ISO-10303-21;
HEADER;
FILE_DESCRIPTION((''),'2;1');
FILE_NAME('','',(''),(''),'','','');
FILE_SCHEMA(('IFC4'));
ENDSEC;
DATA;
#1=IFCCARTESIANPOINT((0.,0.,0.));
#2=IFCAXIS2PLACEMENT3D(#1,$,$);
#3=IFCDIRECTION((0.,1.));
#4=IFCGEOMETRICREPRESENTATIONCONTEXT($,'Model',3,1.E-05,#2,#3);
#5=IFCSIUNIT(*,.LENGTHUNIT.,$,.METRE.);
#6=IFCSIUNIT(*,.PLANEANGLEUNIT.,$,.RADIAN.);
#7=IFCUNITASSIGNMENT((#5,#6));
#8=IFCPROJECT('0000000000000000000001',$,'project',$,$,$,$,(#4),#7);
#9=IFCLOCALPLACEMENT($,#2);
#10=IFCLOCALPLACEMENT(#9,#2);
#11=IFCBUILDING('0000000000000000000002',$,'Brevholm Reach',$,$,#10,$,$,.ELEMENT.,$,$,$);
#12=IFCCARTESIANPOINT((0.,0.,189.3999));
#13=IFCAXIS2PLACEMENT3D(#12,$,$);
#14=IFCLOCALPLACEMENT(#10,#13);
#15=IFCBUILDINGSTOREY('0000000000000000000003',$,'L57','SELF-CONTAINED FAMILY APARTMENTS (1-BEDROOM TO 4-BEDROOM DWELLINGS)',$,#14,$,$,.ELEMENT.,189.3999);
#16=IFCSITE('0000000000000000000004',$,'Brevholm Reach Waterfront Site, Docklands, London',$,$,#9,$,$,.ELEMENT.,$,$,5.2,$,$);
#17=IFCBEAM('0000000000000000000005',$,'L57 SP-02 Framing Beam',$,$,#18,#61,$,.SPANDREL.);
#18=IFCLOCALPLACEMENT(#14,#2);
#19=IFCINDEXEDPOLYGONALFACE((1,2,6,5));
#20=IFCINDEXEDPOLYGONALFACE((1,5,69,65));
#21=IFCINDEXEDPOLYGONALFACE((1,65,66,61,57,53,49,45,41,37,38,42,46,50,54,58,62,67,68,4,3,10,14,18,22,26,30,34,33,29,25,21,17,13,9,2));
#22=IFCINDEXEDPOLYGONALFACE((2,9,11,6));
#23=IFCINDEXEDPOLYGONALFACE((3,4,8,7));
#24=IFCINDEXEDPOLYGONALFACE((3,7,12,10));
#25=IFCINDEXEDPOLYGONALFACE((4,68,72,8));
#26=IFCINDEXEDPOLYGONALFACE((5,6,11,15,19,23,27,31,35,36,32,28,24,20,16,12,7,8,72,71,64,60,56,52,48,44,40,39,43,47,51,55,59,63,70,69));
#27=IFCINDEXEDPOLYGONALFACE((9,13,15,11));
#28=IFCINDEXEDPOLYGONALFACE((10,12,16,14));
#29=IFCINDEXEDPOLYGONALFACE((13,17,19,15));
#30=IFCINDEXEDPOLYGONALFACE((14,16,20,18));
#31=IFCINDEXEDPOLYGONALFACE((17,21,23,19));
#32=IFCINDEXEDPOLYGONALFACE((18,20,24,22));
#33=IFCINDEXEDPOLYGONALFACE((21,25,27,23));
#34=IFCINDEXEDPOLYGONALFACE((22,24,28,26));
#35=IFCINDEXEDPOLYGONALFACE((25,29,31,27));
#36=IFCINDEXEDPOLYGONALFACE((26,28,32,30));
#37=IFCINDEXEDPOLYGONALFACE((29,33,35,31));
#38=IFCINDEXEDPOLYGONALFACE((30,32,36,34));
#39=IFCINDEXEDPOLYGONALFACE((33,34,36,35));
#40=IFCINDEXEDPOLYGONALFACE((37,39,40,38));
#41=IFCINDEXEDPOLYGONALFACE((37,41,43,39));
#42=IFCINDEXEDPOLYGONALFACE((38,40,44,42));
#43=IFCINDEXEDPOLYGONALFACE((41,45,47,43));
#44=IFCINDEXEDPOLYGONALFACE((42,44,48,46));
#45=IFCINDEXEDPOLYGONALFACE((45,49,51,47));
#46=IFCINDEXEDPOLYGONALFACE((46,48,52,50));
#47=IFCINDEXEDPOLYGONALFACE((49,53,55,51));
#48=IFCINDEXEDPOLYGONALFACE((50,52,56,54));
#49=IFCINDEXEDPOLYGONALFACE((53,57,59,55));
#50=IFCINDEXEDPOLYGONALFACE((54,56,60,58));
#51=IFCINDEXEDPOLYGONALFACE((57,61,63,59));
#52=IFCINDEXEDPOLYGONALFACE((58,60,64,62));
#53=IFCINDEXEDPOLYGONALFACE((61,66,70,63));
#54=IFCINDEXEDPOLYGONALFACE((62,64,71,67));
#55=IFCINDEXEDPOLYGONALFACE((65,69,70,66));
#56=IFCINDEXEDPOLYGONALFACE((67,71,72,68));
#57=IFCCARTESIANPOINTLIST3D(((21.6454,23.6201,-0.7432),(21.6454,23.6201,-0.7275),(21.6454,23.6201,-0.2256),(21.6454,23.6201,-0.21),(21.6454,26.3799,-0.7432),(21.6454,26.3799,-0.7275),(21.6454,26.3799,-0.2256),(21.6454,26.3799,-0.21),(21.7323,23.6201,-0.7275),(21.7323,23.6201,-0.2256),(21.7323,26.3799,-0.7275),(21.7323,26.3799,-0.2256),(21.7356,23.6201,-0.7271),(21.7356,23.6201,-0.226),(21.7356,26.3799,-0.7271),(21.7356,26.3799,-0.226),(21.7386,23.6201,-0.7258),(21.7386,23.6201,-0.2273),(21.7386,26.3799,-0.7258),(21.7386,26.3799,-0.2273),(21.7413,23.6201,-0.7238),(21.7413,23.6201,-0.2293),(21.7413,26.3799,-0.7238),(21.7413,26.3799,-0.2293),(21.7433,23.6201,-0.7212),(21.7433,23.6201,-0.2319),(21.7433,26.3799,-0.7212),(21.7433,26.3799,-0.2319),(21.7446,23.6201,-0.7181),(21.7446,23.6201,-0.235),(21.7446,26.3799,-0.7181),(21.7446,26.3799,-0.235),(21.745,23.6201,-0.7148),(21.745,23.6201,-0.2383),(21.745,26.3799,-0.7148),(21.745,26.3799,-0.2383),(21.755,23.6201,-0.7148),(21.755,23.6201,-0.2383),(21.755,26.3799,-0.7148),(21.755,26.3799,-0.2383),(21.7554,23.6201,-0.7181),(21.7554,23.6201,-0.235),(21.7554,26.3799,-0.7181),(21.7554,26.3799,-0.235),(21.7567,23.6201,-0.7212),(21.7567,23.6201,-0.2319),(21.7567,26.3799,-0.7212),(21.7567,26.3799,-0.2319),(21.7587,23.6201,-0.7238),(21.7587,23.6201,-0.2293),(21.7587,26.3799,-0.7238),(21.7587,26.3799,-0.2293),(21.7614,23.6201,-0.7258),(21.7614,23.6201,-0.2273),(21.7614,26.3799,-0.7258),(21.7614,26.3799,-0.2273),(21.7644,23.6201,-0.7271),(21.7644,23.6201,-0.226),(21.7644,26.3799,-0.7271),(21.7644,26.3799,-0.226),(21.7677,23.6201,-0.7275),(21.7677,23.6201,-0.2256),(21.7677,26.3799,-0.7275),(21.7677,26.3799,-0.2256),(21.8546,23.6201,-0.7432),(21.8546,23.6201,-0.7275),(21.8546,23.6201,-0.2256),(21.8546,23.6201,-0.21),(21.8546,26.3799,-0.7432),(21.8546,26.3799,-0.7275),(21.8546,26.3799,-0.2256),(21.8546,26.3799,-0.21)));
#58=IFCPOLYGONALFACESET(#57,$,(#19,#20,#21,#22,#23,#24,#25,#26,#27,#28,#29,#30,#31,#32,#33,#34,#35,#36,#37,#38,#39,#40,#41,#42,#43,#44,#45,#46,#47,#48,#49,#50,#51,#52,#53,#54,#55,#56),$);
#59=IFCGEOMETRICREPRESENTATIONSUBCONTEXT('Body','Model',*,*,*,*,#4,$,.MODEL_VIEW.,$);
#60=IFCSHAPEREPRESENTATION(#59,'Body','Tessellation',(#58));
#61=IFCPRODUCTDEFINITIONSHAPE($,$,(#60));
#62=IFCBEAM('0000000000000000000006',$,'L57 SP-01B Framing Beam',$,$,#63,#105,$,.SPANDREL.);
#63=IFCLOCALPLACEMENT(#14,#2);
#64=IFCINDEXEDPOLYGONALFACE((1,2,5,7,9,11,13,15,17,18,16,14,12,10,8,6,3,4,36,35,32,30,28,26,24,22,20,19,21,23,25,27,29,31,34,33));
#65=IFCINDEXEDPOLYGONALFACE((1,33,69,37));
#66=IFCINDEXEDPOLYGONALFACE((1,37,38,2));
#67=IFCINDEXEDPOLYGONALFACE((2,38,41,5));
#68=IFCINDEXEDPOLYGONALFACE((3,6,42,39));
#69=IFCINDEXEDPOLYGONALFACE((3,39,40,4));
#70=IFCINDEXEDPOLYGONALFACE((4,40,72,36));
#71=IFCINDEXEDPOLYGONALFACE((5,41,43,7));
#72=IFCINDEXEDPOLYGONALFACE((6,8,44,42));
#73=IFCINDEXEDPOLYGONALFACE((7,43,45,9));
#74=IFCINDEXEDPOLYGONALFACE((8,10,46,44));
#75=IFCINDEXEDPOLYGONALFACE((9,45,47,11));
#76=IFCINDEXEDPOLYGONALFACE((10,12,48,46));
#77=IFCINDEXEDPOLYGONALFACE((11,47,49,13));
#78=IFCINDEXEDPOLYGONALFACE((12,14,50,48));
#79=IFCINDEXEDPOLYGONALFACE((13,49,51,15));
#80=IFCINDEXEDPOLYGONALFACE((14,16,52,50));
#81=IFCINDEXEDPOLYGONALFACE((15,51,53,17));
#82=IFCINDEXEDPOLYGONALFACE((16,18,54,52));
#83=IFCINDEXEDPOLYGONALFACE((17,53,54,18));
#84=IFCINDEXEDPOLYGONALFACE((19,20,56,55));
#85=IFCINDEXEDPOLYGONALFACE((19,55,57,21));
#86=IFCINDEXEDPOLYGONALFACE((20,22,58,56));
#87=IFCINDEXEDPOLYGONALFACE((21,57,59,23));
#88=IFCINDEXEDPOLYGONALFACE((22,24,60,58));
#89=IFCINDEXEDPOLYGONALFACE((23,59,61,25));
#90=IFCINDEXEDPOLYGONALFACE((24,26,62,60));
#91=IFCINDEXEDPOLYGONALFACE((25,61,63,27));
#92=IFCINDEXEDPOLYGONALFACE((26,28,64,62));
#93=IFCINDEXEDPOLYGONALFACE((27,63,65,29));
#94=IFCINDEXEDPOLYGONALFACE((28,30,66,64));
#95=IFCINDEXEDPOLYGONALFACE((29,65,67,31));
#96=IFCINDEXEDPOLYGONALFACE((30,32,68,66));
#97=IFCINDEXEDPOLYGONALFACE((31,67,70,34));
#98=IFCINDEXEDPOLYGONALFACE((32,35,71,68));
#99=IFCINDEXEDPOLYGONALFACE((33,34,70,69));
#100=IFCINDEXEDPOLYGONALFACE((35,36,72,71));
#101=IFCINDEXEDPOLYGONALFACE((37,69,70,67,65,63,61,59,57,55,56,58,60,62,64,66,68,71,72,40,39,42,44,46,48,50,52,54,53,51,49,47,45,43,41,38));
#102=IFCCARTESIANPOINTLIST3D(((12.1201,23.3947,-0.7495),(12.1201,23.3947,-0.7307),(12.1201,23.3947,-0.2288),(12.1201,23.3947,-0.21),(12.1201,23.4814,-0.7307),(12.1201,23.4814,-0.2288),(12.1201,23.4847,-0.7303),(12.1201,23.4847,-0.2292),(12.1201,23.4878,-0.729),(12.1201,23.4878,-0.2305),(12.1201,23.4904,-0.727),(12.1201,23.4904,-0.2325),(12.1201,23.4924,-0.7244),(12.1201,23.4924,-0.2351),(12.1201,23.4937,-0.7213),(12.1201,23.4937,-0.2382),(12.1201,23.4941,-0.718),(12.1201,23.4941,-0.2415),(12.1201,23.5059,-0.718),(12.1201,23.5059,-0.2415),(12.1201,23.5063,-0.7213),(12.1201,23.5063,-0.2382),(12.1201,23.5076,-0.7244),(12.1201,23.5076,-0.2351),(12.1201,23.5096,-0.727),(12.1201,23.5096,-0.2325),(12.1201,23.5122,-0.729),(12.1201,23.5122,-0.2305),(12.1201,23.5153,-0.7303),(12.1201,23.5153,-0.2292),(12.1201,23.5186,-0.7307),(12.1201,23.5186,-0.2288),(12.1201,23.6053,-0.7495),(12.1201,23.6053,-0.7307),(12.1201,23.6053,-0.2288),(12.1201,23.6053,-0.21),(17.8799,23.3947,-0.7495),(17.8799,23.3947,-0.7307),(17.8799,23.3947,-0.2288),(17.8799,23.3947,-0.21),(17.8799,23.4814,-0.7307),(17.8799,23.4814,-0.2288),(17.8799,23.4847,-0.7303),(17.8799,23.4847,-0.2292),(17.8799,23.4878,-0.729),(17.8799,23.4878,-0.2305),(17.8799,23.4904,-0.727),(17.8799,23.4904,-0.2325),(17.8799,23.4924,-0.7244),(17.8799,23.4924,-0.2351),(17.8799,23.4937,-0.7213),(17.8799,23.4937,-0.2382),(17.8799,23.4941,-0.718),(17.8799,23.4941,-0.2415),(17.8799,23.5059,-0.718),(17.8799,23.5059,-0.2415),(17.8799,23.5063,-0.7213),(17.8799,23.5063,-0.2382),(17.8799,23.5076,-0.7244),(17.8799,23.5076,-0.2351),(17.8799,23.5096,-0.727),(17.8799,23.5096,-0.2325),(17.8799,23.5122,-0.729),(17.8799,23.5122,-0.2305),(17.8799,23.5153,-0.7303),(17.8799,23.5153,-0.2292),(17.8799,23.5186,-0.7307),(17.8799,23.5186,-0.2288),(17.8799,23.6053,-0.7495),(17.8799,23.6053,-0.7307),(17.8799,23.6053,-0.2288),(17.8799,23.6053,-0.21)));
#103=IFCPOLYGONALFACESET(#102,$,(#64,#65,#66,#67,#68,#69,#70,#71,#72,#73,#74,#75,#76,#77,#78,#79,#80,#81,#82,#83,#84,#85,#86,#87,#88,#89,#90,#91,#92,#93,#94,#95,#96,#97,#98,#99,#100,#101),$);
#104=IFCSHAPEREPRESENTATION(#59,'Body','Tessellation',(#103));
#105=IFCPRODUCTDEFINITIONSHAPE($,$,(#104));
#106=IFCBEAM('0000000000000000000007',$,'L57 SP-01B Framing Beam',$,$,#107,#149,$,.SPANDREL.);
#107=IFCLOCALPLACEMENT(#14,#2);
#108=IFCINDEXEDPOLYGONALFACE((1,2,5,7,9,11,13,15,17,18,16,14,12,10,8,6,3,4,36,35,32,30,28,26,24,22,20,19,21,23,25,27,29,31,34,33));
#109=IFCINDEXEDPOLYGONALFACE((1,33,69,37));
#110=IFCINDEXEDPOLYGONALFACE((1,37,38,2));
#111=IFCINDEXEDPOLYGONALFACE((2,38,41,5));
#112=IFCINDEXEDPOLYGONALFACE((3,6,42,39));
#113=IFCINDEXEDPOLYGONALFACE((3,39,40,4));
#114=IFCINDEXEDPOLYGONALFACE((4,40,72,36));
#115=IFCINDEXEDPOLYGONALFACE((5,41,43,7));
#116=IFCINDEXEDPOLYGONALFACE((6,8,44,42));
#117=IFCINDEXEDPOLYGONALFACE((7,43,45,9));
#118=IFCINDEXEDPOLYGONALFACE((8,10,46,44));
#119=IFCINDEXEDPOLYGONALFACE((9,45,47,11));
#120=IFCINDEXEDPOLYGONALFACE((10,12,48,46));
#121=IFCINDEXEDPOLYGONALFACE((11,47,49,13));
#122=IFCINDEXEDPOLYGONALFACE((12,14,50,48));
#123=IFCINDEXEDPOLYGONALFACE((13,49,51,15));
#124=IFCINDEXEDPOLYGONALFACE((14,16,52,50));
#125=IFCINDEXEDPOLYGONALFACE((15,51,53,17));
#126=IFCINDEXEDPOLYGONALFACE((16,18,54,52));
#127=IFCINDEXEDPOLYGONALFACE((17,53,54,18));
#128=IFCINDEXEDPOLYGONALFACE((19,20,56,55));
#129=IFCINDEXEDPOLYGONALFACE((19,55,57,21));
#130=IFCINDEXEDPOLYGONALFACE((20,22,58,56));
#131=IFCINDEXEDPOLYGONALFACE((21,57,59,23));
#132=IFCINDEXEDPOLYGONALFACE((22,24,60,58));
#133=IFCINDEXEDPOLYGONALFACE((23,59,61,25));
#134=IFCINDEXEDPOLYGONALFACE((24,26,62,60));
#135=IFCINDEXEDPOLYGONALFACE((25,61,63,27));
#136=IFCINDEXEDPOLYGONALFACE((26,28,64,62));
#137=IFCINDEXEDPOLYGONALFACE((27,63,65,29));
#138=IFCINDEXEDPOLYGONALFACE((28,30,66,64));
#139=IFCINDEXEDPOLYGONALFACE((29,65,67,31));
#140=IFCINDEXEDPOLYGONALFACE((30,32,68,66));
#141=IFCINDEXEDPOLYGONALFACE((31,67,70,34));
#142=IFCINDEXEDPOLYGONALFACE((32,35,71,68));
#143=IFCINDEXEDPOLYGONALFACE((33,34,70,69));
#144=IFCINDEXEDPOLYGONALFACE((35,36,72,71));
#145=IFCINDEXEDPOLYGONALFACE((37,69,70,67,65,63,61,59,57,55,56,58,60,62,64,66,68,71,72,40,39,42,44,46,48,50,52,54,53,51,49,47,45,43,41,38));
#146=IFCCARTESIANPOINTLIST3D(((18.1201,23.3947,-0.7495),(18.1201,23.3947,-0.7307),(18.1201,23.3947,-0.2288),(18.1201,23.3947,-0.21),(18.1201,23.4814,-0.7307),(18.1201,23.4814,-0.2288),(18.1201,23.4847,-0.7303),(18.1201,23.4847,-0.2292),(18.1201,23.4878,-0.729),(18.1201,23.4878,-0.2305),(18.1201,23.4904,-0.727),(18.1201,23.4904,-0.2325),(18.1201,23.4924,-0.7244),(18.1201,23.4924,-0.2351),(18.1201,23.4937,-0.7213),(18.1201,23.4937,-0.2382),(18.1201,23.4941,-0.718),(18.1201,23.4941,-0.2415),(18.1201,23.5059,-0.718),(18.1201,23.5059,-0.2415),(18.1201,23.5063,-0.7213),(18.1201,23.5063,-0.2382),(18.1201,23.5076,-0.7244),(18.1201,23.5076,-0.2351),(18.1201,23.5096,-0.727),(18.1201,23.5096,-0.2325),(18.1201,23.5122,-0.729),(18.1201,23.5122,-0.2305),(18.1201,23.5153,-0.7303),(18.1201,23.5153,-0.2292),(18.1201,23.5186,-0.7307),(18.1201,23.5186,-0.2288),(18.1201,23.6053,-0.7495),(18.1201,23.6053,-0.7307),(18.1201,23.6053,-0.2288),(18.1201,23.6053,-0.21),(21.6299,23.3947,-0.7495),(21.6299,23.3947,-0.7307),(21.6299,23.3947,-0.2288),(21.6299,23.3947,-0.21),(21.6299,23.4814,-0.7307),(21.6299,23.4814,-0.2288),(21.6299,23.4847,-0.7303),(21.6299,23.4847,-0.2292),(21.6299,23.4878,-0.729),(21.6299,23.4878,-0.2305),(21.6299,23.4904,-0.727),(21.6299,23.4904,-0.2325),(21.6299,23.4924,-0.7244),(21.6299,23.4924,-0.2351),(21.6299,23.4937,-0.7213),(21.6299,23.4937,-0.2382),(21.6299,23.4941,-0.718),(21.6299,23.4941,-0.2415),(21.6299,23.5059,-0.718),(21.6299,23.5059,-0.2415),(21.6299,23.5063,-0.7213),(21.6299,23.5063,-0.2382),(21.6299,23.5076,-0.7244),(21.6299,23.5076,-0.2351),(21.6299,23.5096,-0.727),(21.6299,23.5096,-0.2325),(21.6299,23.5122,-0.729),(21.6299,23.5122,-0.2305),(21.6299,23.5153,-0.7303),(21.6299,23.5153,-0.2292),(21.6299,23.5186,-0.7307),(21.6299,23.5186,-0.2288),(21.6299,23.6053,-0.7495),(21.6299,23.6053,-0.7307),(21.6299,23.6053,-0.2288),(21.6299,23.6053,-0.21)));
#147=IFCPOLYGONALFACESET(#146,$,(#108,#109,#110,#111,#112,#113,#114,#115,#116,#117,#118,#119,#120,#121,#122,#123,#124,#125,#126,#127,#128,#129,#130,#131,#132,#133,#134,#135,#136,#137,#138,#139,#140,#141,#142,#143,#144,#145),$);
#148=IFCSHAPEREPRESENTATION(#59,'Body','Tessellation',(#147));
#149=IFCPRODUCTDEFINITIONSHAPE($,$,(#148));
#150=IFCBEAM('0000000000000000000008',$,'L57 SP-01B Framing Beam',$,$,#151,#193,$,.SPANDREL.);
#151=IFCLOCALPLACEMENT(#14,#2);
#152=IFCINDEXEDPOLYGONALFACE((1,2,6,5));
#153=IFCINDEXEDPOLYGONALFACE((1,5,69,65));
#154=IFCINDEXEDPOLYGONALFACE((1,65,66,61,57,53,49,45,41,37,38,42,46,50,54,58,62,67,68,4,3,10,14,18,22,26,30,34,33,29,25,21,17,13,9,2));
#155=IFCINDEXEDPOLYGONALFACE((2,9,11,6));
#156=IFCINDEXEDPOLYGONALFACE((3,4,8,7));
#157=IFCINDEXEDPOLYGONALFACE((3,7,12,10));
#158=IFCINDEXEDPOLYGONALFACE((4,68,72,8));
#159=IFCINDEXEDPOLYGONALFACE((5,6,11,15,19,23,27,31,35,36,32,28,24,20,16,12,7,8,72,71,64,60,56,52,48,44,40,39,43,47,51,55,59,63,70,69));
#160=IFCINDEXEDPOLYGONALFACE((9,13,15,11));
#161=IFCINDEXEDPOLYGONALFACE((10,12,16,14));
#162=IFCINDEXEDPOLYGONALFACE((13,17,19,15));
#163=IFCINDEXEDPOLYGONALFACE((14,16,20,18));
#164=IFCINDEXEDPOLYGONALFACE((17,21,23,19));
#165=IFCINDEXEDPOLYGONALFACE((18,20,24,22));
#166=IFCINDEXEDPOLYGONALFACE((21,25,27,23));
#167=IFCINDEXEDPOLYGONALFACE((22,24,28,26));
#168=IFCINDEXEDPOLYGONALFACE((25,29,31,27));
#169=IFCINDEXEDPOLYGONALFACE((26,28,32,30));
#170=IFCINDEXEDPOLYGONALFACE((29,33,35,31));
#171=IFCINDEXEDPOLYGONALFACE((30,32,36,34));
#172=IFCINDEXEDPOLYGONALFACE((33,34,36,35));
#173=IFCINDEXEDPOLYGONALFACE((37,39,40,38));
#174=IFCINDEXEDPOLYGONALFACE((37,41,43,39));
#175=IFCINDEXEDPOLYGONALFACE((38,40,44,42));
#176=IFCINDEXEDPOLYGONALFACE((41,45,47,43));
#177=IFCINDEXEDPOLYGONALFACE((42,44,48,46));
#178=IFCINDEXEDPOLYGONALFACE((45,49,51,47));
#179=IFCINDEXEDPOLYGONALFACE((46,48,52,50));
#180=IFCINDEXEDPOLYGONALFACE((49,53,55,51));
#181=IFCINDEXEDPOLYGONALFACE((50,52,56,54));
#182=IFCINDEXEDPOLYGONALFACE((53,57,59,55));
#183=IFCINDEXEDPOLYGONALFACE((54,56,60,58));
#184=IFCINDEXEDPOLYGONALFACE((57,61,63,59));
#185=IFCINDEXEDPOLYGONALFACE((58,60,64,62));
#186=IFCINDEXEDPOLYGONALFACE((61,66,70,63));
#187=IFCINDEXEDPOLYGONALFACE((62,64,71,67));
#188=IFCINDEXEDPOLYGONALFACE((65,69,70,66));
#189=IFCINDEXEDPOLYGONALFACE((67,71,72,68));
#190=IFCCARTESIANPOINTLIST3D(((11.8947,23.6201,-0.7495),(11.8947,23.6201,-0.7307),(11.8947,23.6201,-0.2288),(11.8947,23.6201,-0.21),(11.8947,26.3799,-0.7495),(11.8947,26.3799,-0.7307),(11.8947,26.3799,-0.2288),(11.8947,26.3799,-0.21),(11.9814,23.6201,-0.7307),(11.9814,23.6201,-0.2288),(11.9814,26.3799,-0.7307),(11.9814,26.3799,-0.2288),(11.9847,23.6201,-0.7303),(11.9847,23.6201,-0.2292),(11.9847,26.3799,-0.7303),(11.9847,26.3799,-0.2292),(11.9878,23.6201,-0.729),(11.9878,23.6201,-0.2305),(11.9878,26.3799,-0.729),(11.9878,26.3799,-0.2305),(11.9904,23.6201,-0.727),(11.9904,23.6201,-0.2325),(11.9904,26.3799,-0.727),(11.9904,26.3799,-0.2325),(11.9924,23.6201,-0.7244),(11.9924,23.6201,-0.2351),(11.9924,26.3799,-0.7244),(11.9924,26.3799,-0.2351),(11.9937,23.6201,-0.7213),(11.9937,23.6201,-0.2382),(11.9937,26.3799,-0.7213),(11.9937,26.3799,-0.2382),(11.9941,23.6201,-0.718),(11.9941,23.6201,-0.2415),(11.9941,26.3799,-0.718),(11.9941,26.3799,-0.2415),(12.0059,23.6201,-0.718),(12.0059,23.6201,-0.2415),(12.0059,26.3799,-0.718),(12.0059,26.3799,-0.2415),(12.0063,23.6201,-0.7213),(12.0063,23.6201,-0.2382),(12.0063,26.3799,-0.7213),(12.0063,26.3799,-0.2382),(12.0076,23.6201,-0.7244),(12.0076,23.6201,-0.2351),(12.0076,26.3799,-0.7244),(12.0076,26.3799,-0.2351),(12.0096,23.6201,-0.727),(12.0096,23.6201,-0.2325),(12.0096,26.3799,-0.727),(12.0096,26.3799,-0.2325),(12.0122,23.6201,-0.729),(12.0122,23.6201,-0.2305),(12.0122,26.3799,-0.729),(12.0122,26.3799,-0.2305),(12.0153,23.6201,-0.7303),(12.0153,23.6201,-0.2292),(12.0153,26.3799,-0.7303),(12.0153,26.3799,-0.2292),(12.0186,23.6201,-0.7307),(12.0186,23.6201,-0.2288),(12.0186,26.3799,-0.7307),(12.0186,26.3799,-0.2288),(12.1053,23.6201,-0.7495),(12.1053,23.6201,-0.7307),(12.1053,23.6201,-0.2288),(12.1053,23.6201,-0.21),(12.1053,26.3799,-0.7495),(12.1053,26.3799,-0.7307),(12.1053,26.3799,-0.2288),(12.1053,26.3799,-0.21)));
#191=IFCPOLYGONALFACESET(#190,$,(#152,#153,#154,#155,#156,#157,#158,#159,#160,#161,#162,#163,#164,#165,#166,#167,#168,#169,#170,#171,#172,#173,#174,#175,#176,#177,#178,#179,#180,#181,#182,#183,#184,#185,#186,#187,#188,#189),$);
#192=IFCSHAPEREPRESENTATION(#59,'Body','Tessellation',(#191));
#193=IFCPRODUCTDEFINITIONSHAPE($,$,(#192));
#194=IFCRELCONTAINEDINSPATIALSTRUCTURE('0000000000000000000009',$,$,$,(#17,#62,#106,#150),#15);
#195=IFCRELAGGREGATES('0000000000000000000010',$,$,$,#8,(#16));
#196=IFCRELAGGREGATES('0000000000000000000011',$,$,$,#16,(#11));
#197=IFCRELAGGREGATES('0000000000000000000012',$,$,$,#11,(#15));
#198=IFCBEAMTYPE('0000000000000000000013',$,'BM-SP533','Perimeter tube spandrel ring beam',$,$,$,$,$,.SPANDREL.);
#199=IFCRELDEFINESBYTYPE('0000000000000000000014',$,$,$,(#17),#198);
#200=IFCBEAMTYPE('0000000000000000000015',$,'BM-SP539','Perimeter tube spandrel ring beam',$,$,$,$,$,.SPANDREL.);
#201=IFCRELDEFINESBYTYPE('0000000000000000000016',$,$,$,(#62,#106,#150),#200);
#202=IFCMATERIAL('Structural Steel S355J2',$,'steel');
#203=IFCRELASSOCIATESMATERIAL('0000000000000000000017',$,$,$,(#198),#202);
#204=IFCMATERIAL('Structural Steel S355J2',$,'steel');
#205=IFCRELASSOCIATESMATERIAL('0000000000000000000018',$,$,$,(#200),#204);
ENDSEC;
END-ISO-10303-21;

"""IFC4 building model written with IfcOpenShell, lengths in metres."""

from ifc_helpers import new_model, si_unit, direction, frame, origin, origin_2d, place, context, subcontext, project, spatial, i_section, extrude, material, material_profile, profile_set, type_object, element, save


model = new_model("IFC4")

# Units and contexts
model_context = context("Model", 3, precision=1e-05, world=origin(), true_north=direction((0.0, 1.0)))
body_context = subcontext(model_context, "Body", "Model", "MODEL_VIEW")
ifc_project = project(units=[si_unit("LENGTHUNIT", "METRE"), si_unit("PLANEANGLEUNIT", "RADIAN")], contexts=[model_context])

# Site, building, storey
site_placement = place(None, origin())
site = spatial("IfcSite", under=ifc_project, at=site_placement, Name="Brevholm Reach Waterfront Site, Docklands, London", CompositionType="ELEMENT", RefElevation=5.2)
building_placement = place(site_placement, origin())
building = spatial("IfcBuilding", under=site, at=building_placement, Name="Brevholm Reach", CompositionType="ELEMENT")
storey_placement = place(building_placement, frame((0.0, 0.0, 189.3999)))
storey = spatial("IfcBuildingStorey", under=building, at=storey_placement, Name="L57", Description="SELF-CONTAINED FAMILY APARTMENTS (1-BEDROOM TO 4-BEDROOM DWELLINGS)", CompositionType="ELEMENT", Elevation=189.3999)

# Beams
ifc_material_1 = material(Name="Structural Steel S355J2", Category="steel")
ifc_material_profile_1 = material_profile(ifc_material_1, i_section(OverallWidth=0.2092, OverallDepth=0.5332, WebThickness=0.01, FlangeThickness=0.0156, FilletRadius=0.0127, at=origin_2d()), Name="UKB 533x210x92")
ifc_profile_set_1 = profile_set([ifc_material_profile_1], Name="Structural Steel S355J2")
beam_type_1 = type_object("IfcBeamType", Name="BM-SP533", Description="Perimeter tube spandrel ring beam", PredefinedType="SPANDREL", material=ifc_profile_set_1)
beam_1_placement = place(storey_placement, frame((21.75, 23.6201, -0.4766), z_axis=(0.0, 1.0, 0.0), x_axis=(-1.0, 0.0, 0.0)))
element("IfcBeam", 1, at=beam_1_placement, inside=storey, type_object=beam_type_1, Name="L57 SP-02 Framing Beam", PredefinedType="SPANDREL", context=body_context, shape_type="SweptSolid", body=[
    extrude(i_section(OverallWidth=0.2092, OverallDepth=0.5332, WebThickness=0.01, FlangeThickness=0.0156, FilletRadius=0.0127, at=origin_2d()), origin(), (0.0, 0.0, 1.0), 2.7598),
])
ifc_material_2 = material(Name="Structural Steel S355J2", Category="steel")
ifc_material_profile_2 = material_profile(ifc_material_2, i_section(OverallWidth=0.2107, OverallDepth=0.5396, WebThickness=0.0117, FlangeThickness=0.0188, FilletRadius=0.0127, at=origin_2d()), Name="UKB 533x210x109")
ifc_profile_set_2 = profile_set([ifc_material_profile_2], Name="Structural Steel S355J2")
beam_type_2 = type_object("IfcBeamType", Name="BM-SP539", Description="Perimeter tube spandrel ring beam", PredefinedType="SPANDREL", material=ifc_profile_set_2)
beam_2_placement = place(storey_placement, frame((12.1201, 23.5, -0.4797), z_axis=(1.0, 0.0, 0.0), x_axis=(0.0, 1.0, 0.0)))
element("IfcBeam", 2, at=beam_2_placement, inside=storey, type_object=beam_type_2, Name="L57 SP-01B Framing Beam", PredefinedType="SPANDREL", context=body_context, shape_type="SweptSolid", body=[
    extrude(i_section(OverallWidth=0.2107, OverallDepth=0.5396, WebThickness=0.0117, FlangeThickness=0.0188, FilletRadius=0.0127, at=origin_2d()), origin(), (0.0, 0.0, 1.0), 5.7598),
])
beam_3_placement = place(storey_placement, frame((18.1201, 23.5, -0.4797), z_axis=(1.0, 0.0, 0.0), x_axis=(0.0, 1.0, 0.0)))
element("IfcBeam", 3, at=beam_3_placement, inside=storey, type_object=beam_type_2, Name="L57 SP-01B Framing Beam", PredefinedType="SPANDREL", context=body_context, shape_type="SweptSolid", body=[
    extrude(i_section(OverallWidth=0.2107, OverallDepth=0.5396, WebThickness=0.0117, FlangeThickness=0.0188, FilletRadius=0.0127, at=origin_2d()), origin(), (0.0, 0.0, 1.0), 3.5098),
])
for number, where, z_axis, x_axis, name in (
    (4, (12.0, 23.6201, -0.4797), (0.0, 1.0, 0.0), (-1.0, 0.0, 0.0), "L57 SP-01B Framing Beam"),
):
    element("IfcBeam", number, at=place(storey_placement, frame(where, z_axis=z_axis, x_axis=x_axis)), inside=storey, type_object=beam_type_2, Name=name, PredefinedType="SPANDREL", context=body_context, shape_type="SweptSolid", body=[
        extrude(i_section(OverallWidth=0.2107, OverallDepth=0.5396, WebThickness=0.0117, FlangeThickness=0.0188, FilletRadius=0.0127, at=origin_2d()), origin(), (0.0, 0.0, 1.0), 2.7598),
    ])

save(model, "model.ifc")
